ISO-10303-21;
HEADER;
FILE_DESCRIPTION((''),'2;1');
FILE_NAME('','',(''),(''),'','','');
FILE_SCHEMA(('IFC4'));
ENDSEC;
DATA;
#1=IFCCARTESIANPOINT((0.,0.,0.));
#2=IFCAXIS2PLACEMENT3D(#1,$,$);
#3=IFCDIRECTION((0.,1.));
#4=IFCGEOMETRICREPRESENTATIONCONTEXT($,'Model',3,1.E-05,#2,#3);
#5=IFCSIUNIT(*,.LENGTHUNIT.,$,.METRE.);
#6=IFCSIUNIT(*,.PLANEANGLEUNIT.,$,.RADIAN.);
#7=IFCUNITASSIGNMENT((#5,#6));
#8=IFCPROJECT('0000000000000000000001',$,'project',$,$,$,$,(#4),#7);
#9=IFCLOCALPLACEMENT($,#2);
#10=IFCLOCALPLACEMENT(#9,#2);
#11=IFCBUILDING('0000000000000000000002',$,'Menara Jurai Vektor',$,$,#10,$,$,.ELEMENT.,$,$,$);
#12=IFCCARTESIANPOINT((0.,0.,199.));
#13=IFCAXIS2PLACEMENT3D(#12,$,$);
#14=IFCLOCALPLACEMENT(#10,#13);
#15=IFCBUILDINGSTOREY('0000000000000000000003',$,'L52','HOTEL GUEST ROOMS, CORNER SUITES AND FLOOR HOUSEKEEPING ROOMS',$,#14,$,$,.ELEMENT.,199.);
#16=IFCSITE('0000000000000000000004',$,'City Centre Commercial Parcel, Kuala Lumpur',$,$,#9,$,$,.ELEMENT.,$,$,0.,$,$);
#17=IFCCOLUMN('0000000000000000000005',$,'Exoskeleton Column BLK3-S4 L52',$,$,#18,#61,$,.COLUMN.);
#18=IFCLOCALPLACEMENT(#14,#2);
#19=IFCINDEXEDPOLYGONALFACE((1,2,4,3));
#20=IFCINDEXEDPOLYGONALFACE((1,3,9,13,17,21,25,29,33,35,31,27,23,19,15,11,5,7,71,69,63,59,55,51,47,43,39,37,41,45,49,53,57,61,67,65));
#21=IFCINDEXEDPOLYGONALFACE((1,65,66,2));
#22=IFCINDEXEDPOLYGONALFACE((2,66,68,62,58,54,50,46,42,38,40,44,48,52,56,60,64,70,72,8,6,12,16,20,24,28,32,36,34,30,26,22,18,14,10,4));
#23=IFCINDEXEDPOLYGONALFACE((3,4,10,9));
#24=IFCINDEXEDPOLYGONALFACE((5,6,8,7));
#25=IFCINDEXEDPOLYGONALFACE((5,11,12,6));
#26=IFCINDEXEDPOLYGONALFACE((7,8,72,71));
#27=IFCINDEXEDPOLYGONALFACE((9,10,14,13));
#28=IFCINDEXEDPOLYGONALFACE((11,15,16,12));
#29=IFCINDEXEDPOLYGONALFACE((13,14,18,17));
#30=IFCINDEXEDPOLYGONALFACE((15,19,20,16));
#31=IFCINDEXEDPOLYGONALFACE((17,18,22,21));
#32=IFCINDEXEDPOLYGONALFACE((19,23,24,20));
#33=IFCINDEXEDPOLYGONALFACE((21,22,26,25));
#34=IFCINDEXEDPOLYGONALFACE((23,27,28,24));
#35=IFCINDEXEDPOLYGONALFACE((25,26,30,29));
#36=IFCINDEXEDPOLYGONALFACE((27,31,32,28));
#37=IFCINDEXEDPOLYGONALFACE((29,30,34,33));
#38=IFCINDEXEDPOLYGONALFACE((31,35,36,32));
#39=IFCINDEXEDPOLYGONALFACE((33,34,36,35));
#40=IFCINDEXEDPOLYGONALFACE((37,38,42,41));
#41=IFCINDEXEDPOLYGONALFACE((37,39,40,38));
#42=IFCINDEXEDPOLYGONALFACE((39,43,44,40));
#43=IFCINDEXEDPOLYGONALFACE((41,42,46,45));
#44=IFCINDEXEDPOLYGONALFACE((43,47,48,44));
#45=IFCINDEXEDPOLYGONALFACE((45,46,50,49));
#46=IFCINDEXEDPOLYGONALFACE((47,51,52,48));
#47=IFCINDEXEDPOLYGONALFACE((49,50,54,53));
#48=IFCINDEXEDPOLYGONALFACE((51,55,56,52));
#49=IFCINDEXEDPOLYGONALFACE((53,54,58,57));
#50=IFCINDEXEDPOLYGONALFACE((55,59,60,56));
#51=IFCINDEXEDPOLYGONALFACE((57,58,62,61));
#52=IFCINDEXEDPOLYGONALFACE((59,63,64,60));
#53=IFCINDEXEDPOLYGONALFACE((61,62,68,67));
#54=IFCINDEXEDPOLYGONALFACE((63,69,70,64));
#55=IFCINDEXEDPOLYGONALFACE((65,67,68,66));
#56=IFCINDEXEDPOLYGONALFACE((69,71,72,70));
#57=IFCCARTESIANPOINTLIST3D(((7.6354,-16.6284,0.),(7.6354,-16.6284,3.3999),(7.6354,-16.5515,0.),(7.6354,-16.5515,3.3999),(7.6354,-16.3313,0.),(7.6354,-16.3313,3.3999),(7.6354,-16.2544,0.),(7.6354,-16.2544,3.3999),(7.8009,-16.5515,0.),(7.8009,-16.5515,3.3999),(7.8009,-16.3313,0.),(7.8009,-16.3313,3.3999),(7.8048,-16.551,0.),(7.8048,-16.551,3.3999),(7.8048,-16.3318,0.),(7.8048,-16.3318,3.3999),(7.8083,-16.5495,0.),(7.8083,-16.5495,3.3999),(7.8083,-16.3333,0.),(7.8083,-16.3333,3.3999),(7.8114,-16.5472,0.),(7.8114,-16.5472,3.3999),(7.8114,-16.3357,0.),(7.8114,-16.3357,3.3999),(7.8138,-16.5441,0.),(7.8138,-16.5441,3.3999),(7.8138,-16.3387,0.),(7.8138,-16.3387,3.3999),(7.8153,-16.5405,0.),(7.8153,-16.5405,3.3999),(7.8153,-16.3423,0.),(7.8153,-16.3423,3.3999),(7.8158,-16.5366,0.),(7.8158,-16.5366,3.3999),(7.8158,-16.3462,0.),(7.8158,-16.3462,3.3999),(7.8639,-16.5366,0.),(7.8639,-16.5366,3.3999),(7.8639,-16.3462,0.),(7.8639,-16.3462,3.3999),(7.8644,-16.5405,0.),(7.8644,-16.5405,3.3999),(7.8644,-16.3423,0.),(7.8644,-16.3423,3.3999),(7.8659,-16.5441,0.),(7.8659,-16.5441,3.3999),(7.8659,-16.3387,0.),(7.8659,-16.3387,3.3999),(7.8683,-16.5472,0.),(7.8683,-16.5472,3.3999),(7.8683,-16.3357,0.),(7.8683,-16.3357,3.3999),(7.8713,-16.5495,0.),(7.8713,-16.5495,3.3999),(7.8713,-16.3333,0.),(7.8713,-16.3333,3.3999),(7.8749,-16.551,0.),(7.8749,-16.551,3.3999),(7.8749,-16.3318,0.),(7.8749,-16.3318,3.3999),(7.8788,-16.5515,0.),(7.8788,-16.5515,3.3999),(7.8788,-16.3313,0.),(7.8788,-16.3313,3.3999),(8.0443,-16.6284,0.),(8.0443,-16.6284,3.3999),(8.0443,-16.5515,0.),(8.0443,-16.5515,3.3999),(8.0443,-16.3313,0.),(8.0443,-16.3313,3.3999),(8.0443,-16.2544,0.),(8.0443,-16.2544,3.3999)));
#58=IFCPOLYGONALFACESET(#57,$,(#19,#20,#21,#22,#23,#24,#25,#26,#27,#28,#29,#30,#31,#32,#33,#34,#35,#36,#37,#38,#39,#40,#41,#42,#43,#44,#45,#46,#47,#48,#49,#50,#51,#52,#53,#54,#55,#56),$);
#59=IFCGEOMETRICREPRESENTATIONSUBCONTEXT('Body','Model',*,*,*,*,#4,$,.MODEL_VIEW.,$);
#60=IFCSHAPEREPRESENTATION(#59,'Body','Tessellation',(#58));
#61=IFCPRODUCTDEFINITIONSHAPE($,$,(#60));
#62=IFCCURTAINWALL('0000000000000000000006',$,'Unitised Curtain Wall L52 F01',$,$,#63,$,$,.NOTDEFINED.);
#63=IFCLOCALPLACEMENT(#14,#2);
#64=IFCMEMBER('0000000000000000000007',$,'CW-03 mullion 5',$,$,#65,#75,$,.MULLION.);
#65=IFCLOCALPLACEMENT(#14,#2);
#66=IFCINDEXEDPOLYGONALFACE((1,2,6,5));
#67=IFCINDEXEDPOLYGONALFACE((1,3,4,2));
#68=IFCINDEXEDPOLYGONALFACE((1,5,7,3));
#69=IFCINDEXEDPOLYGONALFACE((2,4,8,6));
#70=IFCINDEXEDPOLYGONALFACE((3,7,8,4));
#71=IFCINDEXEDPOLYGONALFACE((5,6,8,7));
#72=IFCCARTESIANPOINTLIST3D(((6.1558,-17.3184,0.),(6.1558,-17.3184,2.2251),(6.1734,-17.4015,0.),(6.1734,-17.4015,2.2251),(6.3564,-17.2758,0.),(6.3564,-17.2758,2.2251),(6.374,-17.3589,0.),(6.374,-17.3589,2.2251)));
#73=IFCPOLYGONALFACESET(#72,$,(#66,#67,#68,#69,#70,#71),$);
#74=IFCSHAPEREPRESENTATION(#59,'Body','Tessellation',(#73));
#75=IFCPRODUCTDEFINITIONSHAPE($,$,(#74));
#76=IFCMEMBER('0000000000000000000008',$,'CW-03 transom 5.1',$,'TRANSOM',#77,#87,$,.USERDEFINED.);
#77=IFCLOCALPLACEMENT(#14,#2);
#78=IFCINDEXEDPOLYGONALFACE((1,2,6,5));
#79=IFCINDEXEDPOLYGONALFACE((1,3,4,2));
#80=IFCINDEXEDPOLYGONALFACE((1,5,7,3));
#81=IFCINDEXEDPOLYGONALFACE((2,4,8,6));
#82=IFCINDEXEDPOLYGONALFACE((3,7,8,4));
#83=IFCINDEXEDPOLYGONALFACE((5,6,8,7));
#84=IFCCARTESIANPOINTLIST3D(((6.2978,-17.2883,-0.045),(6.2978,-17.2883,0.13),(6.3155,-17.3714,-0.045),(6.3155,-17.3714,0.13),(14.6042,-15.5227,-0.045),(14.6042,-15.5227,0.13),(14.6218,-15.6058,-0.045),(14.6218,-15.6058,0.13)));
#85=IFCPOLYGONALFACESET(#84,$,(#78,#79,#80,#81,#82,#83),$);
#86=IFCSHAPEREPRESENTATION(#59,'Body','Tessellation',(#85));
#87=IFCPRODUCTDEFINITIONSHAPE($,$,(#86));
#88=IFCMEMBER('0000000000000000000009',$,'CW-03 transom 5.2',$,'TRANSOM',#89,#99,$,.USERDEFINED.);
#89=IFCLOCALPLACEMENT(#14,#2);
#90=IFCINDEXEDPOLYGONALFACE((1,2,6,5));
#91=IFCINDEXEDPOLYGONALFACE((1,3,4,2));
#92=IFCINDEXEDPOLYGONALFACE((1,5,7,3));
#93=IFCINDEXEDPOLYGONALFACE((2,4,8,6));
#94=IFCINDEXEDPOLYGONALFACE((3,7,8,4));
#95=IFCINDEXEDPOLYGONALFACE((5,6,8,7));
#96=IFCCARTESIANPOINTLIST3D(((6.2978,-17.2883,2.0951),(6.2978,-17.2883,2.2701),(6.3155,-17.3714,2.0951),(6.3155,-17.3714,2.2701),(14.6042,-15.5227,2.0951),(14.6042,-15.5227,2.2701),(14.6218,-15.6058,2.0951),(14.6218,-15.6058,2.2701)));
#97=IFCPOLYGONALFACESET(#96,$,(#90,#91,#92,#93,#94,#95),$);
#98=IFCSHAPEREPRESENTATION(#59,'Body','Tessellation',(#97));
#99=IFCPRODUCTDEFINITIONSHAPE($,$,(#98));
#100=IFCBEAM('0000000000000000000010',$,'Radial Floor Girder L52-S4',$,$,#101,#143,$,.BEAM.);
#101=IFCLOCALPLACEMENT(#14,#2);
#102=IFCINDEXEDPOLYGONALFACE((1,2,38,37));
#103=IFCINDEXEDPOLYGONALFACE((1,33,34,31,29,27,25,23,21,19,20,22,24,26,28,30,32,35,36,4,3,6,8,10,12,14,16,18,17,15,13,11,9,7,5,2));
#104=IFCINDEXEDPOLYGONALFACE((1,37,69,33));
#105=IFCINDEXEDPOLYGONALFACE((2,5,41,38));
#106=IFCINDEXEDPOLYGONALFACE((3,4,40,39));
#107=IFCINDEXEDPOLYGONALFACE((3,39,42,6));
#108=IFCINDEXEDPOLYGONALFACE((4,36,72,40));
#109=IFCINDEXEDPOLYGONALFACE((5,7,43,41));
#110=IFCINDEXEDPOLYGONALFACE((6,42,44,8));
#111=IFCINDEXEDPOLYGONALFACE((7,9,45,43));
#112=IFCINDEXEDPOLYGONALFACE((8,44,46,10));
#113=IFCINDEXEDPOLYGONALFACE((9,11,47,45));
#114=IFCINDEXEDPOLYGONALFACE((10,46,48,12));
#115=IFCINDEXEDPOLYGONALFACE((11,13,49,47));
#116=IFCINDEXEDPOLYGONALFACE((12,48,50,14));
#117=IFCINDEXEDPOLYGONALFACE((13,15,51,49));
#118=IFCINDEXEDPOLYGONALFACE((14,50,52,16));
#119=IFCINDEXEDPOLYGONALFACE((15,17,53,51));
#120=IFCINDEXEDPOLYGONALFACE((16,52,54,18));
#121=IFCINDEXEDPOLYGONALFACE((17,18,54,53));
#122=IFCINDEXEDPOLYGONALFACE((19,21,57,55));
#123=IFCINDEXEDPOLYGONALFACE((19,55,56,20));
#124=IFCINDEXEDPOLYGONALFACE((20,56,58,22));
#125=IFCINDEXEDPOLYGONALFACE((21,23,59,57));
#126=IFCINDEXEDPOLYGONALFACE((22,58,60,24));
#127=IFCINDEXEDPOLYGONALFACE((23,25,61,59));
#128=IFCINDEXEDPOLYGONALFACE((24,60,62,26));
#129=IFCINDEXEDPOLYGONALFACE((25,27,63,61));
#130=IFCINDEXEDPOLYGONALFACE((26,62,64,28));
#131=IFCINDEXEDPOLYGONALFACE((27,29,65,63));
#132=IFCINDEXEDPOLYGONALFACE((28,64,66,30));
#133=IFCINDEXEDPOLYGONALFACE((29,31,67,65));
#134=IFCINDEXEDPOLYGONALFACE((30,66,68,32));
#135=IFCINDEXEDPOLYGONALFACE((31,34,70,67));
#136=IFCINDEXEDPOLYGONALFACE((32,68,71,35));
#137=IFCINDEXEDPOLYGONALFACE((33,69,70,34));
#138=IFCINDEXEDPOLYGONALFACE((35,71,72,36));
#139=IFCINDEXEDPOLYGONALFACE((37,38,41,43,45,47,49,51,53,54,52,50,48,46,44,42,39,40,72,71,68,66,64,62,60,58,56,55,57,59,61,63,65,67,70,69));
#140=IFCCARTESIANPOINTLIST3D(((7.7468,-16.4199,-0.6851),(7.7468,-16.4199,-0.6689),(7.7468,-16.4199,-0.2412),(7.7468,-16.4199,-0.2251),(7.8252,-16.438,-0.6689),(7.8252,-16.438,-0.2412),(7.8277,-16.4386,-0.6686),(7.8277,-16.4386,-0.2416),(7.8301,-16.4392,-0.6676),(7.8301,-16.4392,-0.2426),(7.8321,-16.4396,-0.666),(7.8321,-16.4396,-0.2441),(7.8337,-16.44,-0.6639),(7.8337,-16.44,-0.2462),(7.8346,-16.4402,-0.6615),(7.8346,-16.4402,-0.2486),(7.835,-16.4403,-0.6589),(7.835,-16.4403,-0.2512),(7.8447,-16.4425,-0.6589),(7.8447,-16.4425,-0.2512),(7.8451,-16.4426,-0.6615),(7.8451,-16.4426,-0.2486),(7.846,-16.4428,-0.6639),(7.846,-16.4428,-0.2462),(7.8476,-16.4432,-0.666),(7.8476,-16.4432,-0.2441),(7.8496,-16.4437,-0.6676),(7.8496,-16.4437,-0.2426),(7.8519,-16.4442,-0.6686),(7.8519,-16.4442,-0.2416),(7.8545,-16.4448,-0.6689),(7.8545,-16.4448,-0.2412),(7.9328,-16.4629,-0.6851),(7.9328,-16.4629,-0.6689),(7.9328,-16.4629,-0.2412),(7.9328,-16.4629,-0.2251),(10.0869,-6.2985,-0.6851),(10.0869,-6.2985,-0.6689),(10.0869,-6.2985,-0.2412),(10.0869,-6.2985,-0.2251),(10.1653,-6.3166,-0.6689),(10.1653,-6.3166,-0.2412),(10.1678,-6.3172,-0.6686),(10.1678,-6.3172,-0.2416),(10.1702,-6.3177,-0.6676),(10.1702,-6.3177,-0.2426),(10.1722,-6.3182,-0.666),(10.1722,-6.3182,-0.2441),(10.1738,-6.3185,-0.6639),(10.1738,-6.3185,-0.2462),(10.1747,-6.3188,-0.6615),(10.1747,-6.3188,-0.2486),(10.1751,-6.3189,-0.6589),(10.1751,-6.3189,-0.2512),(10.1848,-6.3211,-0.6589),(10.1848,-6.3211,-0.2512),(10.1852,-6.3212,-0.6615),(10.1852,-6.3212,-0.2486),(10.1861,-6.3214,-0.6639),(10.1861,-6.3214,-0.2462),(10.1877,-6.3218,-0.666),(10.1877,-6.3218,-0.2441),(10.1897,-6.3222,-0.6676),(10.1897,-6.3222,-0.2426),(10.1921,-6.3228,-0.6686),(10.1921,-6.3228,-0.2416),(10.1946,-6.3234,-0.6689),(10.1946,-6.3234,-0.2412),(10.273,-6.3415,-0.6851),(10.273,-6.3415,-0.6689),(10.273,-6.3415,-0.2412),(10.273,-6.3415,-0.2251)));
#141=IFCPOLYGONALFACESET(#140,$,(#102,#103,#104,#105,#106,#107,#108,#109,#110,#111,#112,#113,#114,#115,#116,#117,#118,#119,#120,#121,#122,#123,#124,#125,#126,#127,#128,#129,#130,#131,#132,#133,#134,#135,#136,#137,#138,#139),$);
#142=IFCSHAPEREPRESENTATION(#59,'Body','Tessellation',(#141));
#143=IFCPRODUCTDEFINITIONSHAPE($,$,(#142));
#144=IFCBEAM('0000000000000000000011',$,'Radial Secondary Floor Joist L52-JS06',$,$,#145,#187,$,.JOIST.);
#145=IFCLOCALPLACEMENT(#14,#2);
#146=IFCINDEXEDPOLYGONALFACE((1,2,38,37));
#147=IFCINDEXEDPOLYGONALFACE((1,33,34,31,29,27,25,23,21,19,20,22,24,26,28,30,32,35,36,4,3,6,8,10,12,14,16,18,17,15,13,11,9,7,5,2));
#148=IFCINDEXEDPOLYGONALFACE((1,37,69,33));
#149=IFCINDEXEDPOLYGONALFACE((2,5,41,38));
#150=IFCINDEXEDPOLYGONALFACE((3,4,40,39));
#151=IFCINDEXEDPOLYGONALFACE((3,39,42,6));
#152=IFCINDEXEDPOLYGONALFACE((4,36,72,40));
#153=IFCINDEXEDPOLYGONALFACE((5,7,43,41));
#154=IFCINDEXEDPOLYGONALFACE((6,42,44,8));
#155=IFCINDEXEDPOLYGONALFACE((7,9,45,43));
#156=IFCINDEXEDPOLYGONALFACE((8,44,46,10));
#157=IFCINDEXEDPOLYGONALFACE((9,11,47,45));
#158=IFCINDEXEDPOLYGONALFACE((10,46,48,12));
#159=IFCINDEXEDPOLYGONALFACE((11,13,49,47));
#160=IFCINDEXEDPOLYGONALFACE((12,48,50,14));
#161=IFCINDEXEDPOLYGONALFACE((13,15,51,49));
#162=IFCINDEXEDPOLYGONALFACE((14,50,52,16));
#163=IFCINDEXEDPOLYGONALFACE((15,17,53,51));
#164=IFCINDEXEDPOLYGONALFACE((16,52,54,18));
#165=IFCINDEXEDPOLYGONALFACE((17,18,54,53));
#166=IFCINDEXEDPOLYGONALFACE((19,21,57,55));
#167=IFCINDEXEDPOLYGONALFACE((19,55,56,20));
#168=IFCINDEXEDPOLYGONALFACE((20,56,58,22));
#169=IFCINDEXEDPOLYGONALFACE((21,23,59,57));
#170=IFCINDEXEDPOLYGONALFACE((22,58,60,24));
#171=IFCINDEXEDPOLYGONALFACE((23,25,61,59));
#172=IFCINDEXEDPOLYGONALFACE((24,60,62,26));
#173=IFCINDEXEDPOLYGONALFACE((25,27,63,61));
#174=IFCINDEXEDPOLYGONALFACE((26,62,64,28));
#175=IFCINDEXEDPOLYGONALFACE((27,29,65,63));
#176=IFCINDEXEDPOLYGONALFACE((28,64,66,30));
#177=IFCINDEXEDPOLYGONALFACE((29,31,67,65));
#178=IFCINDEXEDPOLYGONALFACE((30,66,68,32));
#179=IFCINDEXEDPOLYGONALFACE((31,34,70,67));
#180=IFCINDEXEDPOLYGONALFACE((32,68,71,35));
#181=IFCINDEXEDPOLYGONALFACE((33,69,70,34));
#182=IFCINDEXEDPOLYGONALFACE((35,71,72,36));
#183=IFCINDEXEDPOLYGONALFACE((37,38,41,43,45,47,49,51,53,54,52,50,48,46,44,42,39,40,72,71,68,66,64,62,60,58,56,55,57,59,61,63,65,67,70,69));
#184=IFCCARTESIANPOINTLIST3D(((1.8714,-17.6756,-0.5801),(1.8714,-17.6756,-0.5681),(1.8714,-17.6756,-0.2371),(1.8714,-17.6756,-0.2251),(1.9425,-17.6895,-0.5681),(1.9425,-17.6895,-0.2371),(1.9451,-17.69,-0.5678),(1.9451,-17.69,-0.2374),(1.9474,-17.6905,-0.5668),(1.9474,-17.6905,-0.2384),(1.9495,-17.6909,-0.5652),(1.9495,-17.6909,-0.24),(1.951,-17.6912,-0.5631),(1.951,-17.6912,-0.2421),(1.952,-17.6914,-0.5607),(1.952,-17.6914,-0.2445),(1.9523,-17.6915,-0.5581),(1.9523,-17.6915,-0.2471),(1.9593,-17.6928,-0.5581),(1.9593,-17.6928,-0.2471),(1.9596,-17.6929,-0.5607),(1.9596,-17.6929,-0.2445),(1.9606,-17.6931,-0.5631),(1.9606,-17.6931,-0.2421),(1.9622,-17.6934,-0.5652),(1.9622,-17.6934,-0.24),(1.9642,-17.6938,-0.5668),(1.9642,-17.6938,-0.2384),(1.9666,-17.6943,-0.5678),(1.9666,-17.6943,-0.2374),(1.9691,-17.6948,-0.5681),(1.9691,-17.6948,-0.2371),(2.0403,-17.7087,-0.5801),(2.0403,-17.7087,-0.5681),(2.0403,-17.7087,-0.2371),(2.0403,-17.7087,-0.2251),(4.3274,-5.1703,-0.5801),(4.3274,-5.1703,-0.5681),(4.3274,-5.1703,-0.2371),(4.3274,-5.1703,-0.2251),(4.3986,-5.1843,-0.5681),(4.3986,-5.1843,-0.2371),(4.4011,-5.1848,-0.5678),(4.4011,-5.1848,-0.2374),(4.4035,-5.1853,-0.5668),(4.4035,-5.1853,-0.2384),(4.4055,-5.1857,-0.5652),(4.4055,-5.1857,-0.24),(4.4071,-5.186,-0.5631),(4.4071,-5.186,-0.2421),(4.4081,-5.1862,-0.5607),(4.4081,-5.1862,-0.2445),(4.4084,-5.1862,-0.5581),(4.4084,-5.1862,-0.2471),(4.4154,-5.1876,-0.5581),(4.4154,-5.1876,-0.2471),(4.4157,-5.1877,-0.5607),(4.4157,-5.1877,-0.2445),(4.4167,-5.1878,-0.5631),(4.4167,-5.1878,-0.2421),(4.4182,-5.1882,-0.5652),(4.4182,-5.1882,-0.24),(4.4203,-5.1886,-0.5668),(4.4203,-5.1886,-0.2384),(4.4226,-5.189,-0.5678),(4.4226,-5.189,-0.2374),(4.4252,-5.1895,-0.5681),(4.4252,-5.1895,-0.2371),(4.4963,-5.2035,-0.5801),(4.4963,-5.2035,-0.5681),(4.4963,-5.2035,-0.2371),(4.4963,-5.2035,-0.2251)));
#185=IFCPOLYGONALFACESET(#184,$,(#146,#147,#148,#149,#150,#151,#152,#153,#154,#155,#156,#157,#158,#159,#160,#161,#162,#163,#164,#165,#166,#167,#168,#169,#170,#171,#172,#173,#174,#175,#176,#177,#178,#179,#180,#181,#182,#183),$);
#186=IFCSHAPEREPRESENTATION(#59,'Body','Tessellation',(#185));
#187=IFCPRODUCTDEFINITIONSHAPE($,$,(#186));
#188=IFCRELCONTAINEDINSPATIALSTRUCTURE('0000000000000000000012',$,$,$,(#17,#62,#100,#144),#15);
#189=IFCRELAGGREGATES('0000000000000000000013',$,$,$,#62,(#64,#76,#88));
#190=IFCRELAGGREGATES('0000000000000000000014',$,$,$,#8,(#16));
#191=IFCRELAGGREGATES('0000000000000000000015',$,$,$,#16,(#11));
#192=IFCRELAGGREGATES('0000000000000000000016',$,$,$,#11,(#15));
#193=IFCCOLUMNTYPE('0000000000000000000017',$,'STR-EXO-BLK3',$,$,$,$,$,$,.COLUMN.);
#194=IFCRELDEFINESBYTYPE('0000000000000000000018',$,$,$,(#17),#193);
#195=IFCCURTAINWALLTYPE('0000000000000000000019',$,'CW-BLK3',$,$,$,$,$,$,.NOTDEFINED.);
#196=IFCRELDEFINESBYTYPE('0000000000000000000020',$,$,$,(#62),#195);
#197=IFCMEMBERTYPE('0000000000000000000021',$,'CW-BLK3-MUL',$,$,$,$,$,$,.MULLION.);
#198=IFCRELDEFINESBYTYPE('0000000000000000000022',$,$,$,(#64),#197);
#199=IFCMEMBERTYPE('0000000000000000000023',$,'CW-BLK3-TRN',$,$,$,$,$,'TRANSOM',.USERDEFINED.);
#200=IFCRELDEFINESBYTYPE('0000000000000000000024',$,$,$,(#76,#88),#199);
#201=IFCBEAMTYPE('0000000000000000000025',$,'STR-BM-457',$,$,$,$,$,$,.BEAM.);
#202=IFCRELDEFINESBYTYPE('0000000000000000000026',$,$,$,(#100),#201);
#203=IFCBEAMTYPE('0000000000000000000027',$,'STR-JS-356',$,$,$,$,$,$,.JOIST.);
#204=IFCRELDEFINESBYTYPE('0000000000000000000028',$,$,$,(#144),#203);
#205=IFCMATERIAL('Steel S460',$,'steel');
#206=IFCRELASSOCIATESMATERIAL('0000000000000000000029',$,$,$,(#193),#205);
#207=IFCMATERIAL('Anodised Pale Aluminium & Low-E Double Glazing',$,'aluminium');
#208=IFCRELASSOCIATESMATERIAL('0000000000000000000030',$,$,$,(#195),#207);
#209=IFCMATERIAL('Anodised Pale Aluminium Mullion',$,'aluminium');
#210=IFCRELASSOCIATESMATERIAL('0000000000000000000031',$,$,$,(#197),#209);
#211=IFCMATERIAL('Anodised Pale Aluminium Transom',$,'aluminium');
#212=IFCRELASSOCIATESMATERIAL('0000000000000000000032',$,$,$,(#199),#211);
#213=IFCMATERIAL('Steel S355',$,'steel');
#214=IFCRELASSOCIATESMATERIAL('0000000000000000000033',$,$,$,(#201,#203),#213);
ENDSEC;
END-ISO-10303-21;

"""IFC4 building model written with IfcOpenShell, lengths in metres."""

from ifc_helpers import new_model, si_unit, direction, frame, origin, origin_2d, place, context, subcontext, project, spatial, rectangle, i_section, extrude, material, material_profile, profile_set, type_object, element, aggregate, save


model = new_model("IFC4")

# Units and contexts
model_context = context("Model", 3, precision=1e-05, world=origin(), true_north=direction((0.0, 1.0)))
body_context = subcontext(model_context, "Body", "Model", "MODEL_VIEW")
ifc_project = project(units=[si_unit("LENGTHUNIT", "METRE"), si_unit("PLANEANGLEUNIT", "RADIAN")], contexts=[model_context])

# Site, building, storey
site_placement = place(None, origin())
site = spatial("IfcSite", under=ifc_project, at=site_placement, Name="City Centre Commercial Parcel, Kuala Lumpur", CompositionType="ELEMENT", RefElevation=0.0)
building_placement = place(site_placement, origin())
building = spatial("IfcBuilding", under=site, at=building_placement, Name="Menara Jurai Vektor", CompositionType="ELEMENT")
storey_placement = place(building_placement, frame((0.0, 0.0, 199.0)))
storey = spatial("IfcBuildingStorey", under=building, at=storey_placement, Name="L52", Description="HOTEL GUEST ROOMS, CORNER SUITES AND FLOOR HOUSEKEEPING ROOMS", CompositionType="ELEMENT", Elevation=199.0)

# Column
ifc_material_1 = material(Name="Steel S460", Category="steel")
ifc_material_profile_1 = material_profile(ifc_material_1, i_section(OverallWidth=0.4089, OverallDepth=0.374, WebThickness=0.0481, FlangeThickness=0.0769, FilletRadius=0.0149, at=origin_2d()), Name="HD 400x634")
ifc_profile_set_1 = profile_set([ifc_material_profile_1], Name="Steel S460")
column_type = type_object("IfcColumnType", Name="STR-EXO-BLK3", PredefinedType="COLUMN", material=ifc_profile_set_1)
column_placement = place(storey_placement, frame((7.8398, -16.4414, 0.0), z_axis=(0.0, 0.0, 1.0), x_axis=(1.0, 0.0, 0.0)))
element("IfcColumn", 1, at=column_placement, inside=storey, type_object=column_type, Name="Exoskeleton Column BLK3-S4 L52", PredefinedType="COLUMN", context=body_context, shape_type="SweptSolid", body=[
    extrude(i_section(OverallWidth=0.4089, OverallDepth=0.374, WebThickness=0.0481, FlangeThickness=0.0769, FilletRadius=0.0149, at=origin_2d()), origin(), (0.0, 0.0, 1.0), 3.3999),
])

# Curtain wall, members
ifc_material_2 = material(Name="Anodised Pale Aluminium & Low-E Double Glazing", Category="aluminium")
curtain_wall_type = type_object("IfcCurtainWallType", Name="CW-BLK3", PredefinedType="NOTDEFINED", material=ifc_material_2)
curtain_wall_placement = place(storey_placement, origin())
curtain_wall = element("IfcCurtainWall", 2, at=curtain_wall_placement, inside=storey, type_object=curtain_wall_type, Name="Unitised Curtain Wall L52 F01", PredefinedType="NOTDEFINED")
ifc_material_3 = material(Name="Anodised Pale Aluminium Mullion", Category="aluminium")
ifc_material_profile_2 = material_profile(ifc_material_3, rectangle(XDim=0.085, YDim=0.2051, at=origin_2d()), Name="ALU MUL 85x205")
ifc_profile_set_2 = profile_set([ifc_material_profile_2], Name="Anodised Pale Aluminium Mullion")
member_type_1 = type_object("IfcMemberType", Name="CW-BLK3-MUL", PredefinedType="MULLION", material=ifc_profile_set_2)
member_1_placement = place(storey_placement, frame((6.2649, -17.3386, 0.0), z_axis=(0.0, 0.0, 1.0), x_axis=(-0.207911, 0.978148, 0.0)))
member_1 = element("IfcMember", 3, at=member_1_placement, type_object=member_type_1, Name="CW-03 mullion 5", PredefinedType="MULLION", context=body_context, shape_type="SweptSolid", body=[
    extrude(rectangle(XDim=0.085, YDim=0.2051, at=origin_2d()), origin(), (0.0, 0.0, 1.0), 2.2251),
])
ifc_material_4 = material(Name="Anodised Pale Aluminium Transom", Category="aluminium")
ifc_material_profile_3 = material_profile(ifc_material_4, rectangle(XDim=0.085, YDim=0.175, at=origin_2d()), Name="ALU TRN 85x175")
ifc_profile_set_3 = profile_set([ifc_material_profile_3], Name="Anodised Pale Aluminium Transom")
member_type_2 = type_object("IfcMemberType", Name="CW-BLK3-TRN", ElementType="TRANSOM", PredefinedType="USERDEFINED", material=ifc_profile_set_3)
member_2_placement = place(storey_placement, frame((6.3066, -17.3298, 0.0425), z_axis=(0.978147, 0.207917, 0.0), x_axis=(-0.207917, 0.978147, 0.0)))
member_2 = element("IfcMember", 4, at=member_2_placement, type_object=member_type_2, Name="CW-03 transom 5.1", ObjectType="TRANSOM", PredefinedType="USERDEFINED", context=body_context, shape_type="SweptSolid", body=[
    extrude(rectangle(XDim=0.085, YDim=0.175, at=origin_2d()), origin(), (0.0, 0.0, 1.0), 8.4919),
])
member_3_placement = place(storey_placement, frame((6.3066, -17.3298, 2.1826), z_axis=(0.978147, 0.207917, 0.0), x_axis=(-0.207917, 0.978147, 0.0)))
member_3 = element("IfcMember", 5, at=member_3_placement, type_object=member_type_2, Name="CW-03 transom 5.2", ObjectType="TRANSOM", PredefinedType="USERDEFINED", context=body_context, shape_type="SweptSolid", body=[
    extrude(rectangle(XDim=0.085, YDim=0.175, at=origin_2d()), origin(), (0.0, 0.0, 1.0), 8.4919),
])

# Beams
ifc_material_5 = material(Name="Steel S355", Category="steel")
ifc_material_profile_4 = material_profile(ifc_material_5, i_section(OverallWidth=0.1909, OverallDepth=0.46, WebThickness=0.01, FlangeThickness=0.0161, FilletRadius=0.01, at=origin_2d()), Name="UKB 457x191x82")
ifc_profile_set_4 = profile_set([ifc_material_profile_4], Name="Steel S355")
beam_type_1 = type_object("IfcBeamType", Name="STR-BM-457", PredefinedType="BEAM", material=ifc_profile_set_4)
beam_1_placement = place(storey_placement, frame((7.8398, -16.4414, -0.4551), z_axis=(0.225261, 0.974298, 0.0), x_axis=(-0.974298, 0.225261, 0.0)))
element("IfcBeam", 6, at=beam_1_placement, inside=storey, type_object=beam_type_1, Name="Radial Floor Girder L52-S4", PredefinedType="BEAM", context=body_context, shape_type="SweptSolid", body=[
    extrude(i_section(OverallWidth=0.1909, OverallDepth=0.46, WebThickness=0.01, FlangeThickness=0.0161, FilletRadius=0.01, at=origin_2d()), origin(), (0.0, 0.0, 1.0), 10.3884),
])
ifc_material_profile_5 = material_profile(ifc_material_5, i_section(OverallWidth=0.1721, OverallDepth=0.355, WebThickness=0.0071, FlangeThickness=0.012, FilletRadius=0.01, at=origin_2d()), Name="UKB 356x171x51")
ifc_profile_set_5 = profile_set([ifc_material_profile_5], Name="Steel S355")
beam_type_2 = type_object("IfcBeamType", Name="STR-JS-356", PredefinedType="JOIST", material=ifc_profile_set_5)
beam_2_placement = place(storey_placement, frame((1.9558, -17.6921, -0.4026), z_axis=(0.192722, 0.981253, 0.0), x_axis=(-0.981253, 0.192722, 0.0)))
element("IfcBeam", 7, at=beam_2_placement, inside=storey, type_object=beam_type_2, Name="Radial Secondary Floor Joist L52-JS06", PredefinedType="JOIST", context=body_context, shape_type="SweptSolid", body=[
    extrude(i_section(OverallWidth=0.1721, OverallDepth=0.355, WebThickness=0.0071, FlangeThickness=0.012, FilletRadius=0.01, at=origin_2d()), origin(), (0.0, 0.0, 1.0), 12.7441),
])

aggregate(curtain_wall, [member_1, member_2, member_3])

save(model, "model.ifc")
